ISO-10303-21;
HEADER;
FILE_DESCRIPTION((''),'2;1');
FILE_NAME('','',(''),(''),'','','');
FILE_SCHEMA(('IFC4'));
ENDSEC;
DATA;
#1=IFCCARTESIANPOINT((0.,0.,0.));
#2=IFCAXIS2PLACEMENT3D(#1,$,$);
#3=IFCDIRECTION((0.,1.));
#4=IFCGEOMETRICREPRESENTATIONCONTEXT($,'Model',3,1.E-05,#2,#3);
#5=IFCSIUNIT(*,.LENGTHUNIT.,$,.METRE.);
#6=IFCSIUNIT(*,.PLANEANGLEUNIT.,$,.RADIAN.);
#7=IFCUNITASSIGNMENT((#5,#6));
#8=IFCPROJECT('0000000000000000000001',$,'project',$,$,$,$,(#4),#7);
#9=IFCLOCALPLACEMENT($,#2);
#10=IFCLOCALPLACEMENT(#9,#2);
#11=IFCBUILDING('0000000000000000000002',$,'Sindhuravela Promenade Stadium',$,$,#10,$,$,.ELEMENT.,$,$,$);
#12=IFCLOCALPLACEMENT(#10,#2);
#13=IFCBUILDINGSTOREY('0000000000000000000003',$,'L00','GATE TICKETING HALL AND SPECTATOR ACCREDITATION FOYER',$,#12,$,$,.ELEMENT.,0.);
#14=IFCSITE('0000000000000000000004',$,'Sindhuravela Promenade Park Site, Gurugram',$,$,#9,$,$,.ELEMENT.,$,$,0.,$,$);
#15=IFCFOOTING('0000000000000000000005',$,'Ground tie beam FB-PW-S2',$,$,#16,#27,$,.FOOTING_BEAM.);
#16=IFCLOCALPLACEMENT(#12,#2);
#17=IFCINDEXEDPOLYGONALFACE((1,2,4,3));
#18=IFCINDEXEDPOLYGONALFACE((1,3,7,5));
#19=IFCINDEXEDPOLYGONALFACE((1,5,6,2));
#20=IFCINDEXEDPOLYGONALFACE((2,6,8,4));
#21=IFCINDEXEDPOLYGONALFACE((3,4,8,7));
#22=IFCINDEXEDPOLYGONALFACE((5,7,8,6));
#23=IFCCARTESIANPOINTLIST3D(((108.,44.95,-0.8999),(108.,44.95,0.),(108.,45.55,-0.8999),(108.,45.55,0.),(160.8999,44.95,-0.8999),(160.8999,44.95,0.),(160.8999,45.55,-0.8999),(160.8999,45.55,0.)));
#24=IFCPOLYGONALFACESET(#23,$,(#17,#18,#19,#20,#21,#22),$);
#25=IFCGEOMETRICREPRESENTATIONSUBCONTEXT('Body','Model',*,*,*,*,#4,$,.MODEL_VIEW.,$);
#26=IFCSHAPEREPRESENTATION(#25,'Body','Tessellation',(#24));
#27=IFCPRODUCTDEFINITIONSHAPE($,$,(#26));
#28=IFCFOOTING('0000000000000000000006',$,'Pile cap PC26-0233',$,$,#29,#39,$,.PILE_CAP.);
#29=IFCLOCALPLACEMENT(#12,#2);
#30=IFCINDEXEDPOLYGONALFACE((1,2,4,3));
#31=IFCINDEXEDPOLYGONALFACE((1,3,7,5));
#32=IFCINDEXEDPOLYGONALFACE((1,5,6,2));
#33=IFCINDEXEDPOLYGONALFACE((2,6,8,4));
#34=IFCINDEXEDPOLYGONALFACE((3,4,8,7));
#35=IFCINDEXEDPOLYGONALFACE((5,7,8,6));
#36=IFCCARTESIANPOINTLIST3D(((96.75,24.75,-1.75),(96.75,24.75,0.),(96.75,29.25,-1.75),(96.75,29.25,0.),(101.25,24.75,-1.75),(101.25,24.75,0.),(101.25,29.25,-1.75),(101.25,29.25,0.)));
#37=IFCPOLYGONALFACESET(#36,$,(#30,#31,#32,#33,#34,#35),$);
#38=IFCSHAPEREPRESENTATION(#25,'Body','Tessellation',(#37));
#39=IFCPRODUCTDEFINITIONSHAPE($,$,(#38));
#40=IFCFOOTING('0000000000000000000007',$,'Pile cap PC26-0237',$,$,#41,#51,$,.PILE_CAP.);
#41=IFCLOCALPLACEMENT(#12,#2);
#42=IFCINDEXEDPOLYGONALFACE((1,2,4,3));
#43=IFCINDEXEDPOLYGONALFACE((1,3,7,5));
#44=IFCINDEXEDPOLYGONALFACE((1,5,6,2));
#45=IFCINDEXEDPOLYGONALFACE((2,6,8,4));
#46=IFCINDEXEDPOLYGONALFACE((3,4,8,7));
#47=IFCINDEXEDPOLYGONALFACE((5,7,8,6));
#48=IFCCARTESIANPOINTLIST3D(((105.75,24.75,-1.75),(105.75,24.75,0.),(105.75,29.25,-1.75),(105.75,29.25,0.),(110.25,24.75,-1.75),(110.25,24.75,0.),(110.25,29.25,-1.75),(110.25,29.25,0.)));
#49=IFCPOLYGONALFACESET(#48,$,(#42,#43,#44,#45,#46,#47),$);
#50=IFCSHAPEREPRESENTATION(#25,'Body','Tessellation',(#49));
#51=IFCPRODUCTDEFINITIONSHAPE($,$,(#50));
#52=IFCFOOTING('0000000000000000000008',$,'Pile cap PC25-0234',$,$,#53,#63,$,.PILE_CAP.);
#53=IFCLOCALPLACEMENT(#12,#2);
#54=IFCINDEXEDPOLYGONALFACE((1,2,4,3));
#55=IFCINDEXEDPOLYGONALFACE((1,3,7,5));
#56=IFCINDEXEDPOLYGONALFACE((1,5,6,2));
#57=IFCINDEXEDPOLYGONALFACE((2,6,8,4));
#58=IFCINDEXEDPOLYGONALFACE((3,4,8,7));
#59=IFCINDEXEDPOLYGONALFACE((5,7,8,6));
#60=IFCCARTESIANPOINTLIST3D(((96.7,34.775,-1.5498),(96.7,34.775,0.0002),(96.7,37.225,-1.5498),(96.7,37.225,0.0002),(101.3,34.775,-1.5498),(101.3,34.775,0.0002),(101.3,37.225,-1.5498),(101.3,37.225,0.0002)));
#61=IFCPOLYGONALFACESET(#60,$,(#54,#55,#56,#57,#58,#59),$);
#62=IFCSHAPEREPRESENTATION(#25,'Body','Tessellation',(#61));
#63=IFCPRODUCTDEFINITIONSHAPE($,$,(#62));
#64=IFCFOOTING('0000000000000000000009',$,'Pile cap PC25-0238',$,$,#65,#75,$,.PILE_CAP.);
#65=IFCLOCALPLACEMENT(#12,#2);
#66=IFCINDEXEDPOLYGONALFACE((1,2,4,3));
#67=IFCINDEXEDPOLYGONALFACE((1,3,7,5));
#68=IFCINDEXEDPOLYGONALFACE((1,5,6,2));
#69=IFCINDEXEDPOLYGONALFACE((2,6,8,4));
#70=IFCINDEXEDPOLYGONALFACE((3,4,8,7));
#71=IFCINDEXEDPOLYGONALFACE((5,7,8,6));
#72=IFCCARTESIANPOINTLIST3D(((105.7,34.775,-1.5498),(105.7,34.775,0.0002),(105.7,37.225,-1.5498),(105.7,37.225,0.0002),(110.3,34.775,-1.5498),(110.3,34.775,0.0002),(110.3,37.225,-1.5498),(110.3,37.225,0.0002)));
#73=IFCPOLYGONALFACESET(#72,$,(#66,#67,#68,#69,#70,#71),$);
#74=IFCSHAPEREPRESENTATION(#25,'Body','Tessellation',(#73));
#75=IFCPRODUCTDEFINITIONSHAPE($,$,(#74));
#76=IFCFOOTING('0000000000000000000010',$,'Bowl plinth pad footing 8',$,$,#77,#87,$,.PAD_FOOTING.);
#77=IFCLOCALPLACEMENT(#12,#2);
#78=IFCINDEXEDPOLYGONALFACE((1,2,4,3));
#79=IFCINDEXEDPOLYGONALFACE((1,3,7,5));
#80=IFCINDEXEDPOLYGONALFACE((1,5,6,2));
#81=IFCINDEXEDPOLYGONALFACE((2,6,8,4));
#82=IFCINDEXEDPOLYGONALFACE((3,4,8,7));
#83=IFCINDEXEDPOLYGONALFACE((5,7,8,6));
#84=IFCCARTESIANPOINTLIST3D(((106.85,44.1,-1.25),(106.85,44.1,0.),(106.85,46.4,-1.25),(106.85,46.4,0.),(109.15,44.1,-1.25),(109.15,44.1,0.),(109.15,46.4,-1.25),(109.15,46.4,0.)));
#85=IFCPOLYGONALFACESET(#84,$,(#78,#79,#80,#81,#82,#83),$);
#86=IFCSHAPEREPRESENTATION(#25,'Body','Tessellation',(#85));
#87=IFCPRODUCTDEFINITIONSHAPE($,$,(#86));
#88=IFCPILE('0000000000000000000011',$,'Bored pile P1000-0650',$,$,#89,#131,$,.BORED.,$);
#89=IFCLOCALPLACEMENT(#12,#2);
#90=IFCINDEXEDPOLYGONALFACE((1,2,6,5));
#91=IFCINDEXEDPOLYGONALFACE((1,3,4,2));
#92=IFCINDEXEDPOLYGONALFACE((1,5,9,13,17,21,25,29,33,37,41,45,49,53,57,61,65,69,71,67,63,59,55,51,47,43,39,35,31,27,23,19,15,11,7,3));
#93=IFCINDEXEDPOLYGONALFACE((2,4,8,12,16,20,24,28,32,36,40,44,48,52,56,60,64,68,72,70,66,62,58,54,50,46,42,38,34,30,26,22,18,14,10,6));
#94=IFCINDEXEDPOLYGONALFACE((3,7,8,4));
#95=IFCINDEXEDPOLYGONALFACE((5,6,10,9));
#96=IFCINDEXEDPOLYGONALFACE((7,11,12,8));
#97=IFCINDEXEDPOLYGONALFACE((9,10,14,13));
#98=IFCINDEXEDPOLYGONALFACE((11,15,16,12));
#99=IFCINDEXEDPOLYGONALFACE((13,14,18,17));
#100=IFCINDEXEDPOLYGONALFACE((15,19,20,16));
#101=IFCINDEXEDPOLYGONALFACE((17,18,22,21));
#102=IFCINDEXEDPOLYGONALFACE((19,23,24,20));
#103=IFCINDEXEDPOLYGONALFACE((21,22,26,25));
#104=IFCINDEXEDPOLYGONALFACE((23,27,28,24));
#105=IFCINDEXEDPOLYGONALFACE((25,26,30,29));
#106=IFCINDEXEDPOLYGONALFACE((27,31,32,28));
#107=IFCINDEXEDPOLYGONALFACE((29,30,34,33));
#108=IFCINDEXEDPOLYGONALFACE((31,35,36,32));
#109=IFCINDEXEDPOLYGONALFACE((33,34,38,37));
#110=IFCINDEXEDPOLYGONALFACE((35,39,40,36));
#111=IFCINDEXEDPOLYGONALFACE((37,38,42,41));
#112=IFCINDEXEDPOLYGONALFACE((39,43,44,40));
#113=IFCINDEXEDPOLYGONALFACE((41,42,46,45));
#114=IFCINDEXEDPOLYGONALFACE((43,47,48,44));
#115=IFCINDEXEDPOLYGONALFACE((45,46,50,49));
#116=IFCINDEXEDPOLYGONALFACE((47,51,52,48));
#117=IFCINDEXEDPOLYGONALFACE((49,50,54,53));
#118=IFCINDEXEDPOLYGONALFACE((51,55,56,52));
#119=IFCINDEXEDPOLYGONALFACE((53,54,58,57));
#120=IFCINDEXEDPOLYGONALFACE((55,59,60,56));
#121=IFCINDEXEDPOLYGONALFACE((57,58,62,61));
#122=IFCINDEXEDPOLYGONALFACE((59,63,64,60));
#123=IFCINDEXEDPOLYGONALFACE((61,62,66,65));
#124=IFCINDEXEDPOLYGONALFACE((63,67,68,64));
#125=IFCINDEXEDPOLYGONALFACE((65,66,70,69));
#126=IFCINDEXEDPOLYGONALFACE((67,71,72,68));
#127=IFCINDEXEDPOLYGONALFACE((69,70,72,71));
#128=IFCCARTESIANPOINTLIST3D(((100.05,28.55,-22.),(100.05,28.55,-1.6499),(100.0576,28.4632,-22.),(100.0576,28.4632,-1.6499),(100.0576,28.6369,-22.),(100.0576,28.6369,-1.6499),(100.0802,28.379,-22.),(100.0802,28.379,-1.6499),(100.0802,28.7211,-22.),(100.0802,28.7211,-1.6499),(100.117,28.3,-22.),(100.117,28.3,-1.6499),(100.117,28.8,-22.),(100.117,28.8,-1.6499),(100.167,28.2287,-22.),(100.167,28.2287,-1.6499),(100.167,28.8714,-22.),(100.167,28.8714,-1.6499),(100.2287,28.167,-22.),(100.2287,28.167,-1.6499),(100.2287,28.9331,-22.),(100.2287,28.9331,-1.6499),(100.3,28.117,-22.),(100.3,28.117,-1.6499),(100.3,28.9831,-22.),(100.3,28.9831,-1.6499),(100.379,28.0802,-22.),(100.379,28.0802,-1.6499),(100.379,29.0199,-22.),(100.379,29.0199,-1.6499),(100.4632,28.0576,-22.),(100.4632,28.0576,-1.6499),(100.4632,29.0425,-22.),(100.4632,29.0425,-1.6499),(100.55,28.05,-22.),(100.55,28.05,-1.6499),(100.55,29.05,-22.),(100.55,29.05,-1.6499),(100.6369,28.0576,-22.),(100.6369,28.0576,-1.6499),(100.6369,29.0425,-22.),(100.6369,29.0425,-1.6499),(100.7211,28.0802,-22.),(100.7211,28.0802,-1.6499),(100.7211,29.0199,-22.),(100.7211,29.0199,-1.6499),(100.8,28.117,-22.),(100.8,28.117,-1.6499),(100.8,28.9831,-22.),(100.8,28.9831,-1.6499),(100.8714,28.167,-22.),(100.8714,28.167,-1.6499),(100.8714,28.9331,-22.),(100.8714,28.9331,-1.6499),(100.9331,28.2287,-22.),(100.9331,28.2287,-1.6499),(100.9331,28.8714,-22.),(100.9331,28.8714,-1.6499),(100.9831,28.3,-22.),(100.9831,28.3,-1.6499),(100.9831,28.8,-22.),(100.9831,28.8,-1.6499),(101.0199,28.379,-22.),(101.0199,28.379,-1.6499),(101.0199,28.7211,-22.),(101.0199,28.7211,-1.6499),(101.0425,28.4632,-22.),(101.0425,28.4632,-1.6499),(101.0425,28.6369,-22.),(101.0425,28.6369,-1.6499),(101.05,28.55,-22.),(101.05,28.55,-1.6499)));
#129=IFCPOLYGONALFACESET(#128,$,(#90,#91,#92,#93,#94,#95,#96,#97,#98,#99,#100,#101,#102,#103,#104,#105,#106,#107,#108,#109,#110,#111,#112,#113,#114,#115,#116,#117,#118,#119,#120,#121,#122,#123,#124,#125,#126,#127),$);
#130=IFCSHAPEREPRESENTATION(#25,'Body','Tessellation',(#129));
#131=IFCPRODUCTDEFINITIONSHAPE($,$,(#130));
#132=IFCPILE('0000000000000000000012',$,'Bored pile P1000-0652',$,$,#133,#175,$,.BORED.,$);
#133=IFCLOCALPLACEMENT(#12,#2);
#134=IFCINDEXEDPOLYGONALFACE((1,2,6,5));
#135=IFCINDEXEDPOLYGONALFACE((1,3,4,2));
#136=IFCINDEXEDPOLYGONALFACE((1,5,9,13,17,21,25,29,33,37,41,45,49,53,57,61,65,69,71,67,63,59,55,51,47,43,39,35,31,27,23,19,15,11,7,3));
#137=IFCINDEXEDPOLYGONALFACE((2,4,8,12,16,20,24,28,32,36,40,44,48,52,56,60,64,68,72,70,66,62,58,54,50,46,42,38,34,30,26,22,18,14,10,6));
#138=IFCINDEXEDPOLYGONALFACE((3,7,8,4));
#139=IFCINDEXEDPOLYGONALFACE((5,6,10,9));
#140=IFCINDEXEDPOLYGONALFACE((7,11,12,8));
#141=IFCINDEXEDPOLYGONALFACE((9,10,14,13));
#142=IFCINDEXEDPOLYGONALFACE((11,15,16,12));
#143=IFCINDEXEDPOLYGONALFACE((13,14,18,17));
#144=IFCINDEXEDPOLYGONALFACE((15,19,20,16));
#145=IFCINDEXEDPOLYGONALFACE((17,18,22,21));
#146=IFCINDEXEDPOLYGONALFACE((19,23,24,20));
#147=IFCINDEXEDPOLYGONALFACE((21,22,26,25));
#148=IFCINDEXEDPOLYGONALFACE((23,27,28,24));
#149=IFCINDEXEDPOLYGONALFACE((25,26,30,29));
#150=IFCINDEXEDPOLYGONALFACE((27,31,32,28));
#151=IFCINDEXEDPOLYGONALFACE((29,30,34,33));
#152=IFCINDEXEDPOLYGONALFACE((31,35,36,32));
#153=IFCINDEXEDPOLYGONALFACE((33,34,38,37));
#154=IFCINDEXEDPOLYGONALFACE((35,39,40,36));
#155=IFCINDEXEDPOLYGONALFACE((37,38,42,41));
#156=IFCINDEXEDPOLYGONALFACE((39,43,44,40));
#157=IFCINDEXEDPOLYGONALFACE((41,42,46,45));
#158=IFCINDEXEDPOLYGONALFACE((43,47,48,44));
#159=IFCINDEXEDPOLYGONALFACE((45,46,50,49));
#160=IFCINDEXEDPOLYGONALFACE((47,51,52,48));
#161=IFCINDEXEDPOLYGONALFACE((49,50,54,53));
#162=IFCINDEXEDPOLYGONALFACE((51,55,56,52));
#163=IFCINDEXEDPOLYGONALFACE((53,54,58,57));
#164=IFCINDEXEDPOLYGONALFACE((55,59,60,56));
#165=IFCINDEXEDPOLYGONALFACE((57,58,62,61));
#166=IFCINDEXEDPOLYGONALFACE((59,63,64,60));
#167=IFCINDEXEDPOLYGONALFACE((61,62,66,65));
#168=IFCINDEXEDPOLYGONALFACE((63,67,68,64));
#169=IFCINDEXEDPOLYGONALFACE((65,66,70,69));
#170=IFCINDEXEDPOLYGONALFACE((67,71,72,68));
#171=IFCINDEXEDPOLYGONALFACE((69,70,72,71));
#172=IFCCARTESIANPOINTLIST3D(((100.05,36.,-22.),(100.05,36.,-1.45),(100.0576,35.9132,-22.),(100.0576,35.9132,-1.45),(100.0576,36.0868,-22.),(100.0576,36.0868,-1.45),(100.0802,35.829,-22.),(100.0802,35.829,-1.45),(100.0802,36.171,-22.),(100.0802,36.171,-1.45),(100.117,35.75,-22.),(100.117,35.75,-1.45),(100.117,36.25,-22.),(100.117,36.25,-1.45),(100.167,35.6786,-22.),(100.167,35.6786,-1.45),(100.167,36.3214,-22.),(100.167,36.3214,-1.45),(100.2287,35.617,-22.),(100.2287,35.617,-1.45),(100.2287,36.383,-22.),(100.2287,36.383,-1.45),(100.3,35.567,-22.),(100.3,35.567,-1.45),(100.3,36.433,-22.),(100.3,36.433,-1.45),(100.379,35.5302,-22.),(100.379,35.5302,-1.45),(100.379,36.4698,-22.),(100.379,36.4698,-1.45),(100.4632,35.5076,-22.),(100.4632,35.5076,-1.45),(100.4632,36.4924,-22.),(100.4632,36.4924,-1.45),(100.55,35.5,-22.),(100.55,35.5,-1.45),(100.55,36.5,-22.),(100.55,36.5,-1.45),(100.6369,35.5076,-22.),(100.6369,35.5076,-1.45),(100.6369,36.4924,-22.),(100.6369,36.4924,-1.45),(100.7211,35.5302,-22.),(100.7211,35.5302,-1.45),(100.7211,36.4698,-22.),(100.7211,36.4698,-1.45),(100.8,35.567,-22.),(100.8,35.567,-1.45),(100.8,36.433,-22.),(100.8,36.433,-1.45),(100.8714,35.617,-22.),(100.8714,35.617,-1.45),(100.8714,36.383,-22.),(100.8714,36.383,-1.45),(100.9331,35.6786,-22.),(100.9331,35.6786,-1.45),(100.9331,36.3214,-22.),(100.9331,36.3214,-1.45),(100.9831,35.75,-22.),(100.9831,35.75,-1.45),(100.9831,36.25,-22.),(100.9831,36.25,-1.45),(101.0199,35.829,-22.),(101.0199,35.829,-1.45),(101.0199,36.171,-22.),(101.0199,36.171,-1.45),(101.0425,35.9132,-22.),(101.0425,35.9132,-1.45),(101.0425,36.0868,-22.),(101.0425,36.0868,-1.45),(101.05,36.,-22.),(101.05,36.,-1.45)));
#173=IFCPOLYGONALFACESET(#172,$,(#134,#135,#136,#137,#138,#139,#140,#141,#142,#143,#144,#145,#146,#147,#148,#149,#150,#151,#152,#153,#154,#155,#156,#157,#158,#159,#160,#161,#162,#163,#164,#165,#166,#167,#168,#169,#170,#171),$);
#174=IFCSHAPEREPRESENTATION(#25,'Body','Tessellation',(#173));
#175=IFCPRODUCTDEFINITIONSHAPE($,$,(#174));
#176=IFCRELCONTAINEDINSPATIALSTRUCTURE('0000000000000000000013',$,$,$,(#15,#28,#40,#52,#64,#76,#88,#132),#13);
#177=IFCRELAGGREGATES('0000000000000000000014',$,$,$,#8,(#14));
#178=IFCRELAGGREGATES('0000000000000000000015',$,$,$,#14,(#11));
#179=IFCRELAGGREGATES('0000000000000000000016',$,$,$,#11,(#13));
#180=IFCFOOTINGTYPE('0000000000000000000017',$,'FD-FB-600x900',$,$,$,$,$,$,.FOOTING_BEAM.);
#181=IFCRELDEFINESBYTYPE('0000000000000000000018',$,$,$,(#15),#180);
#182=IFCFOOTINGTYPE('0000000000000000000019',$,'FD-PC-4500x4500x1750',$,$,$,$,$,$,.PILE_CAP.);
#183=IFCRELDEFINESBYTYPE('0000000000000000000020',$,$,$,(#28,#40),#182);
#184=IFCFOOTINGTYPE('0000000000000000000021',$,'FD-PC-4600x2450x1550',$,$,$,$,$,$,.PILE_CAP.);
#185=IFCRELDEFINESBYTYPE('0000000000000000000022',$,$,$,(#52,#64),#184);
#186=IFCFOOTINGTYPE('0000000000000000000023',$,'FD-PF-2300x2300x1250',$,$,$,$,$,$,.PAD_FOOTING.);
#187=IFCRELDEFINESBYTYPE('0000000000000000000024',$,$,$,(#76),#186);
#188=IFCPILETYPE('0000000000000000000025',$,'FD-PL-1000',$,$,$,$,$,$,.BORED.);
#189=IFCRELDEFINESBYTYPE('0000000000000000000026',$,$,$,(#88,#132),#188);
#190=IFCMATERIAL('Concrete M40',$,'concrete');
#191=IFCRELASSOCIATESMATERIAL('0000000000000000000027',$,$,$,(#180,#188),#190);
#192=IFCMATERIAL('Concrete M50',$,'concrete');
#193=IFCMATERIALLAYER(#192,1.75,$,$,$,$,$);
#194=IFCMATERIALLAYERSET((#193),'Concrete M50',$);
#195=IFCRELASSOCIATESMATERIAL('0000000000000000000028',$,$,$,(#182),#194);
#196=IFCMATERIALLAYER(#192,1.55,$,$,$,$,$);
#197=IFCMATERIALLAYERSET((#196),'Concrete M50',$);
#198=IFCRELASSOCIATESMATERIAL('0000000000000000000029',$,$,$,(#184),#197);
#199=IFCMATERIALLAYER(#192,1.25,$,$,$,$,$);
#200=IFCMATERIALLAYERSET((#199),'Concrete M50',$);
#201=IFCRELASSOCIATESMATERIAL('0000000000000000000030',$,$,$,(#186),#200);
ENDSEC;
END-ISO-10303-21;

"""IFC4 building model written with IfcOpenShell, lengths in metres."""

from ifc_helpers import new_model, si_unit, direction, frame, origin, origin_2d, place, context, subcontext, project, spatial, rectangle, circle, extrude, material, layer, layer_set, material_profile, profile_set, type_object, element, save


model = new_model("IFC4")

# Units and contexts
model_context = context("Model", 3, precision=1e-05, world=origin(), true_north=direction((0.0, 1.0)))
body_context = subcontext(model_context, "Body", "Model", "MODEL_VIEW")
ifc_project = project(units=[si_unit("LENGTHUNIT", "METRE"), si_unit("PLANEANGLEUNIT", "RADIAN")], contexts=[model_context])

# Site, building, storey
site_placement = place(None, origin())
site = spatial("IfcSite", under=ifc_project, at=site_placement, Name="Sindhuravela Promenade Park Site, Gurugram", CompositionType="ELEMENT", RefElevation=0.0)
building_placement = place(site_placement, origin())
building = spatial("IfcBuilding", under=site, at=building_placement, Name="Sindhuravela Promenade Stadium", CompositionType="ELEMENT")
storey_placement = place(building_placement, origin())
storey = spatial("IfcBuildingStorey", under=building, at=storey_placement, Name="L00", Description="GATE TICKETING HALL AND SPECTATOR ACCREDITATION FOYER", CompositionType="ELEMENT", Elevation=0.0)

# Footings
ifc_material_1 = material(Name="Concrete M40", Category="concrete")
ifc_material_profile_1 = material_profile(ifc_material_1, rectangle(XDim=0.6001, YDim=0.8999, at=origin_2d()), Name="RC 600x900")
ifc_profile_set_1 = profile_set([ifc_material_profile_1], Name="Concrete M40")
footing_type_1 = type_object("IfcFootingType", Name="FD-FB-600x900", PredefinedType="FOOTING_BEAM", material=ifc_profile_set_1)
footing_1_placement = place(storey_placement, frame((108.0, 45.25, -0.45), z_axis=(1.0, 0.0, 0.0), x_axis=(0.0, 1.0, 0.0)))
element("IfcFooting", 1, at=footing_1_placement, inside=storey, type_object=footing_type_1, Name="Ground tie beam FB-PW-S2", PredefinedType="FOOTING_BEAM", context=body_context, shape_type="SweptSolid", body=[
    extrude(rectangle(XDim=0.6001, YDim=0.8999, at=origin_2d()), origin(), (0.0, 0.0, 1.0), 52.8999),
])
ifc_material_2 = material(Name="Concrete M50", Category="concrete")
ifc_layer_1 = layer(ifc_material_2, 1.75)
ifc_layer_set_1 = layer_set([ifc_layer_1], Name="Concrete M50")
footing_type_2 = type_object("IfcFootingType", Name="FD-PC-4500x4500x1750", PredefinedType="PILE_CAP", material=ifc_layer_set_1)
for number, where, z_axis, x_axis, name in (
    (2, (99.0, 27.0, -1.75), (0.0, 0.0, 1.0), (1.0, 0.0, 0.0), "Pile cap PC26-0233"),
    (3, (108.0, 27.0, -1.75), (0.0, 0.0, 1.0), (1.0, 0.0, 0.0), "Pile cap PC26-0237"),
):
    element("IfcFooting", number, at=place(storey_placement, frame(where, z_axis=z_axis, x_axis=x_axis)), inside=storey, type_object=footing_type_2, Name=name, PredefinedType="PILE_CAP", context=body_context, shape_type="SweptSolid", body=[
        extrude(rectangle(XDim=4.5, YDim=4.5, at=origin_2d()), origin(), (0.0, 0.0, 1.0), 1.75),
    ])
ifc_layer_2 = layer(ifc_material_2, 1.55)
ifc_layer_set_2 = layer_set([ifc_layer_2], Name="Concrete M50")
footing_type_3 = type_object("IfcFootingType", Name="FD-PC-4600x2450x1550", PredefinedType="PILE_CAP", material=ifc_layer_set_2)
for number, where, z_axis, x_axis, name in (
    (4, (99.0, 36.0, -1.5498), (0.0, 0.0, 1.0), (1.0, 0.0, 0.0), "Pile cap PC25-0234"),
    (5, (108.0, 36.0, -1.5498), (0.0, 0.0, 1.0), (1.0, 0.0, 0.0), "Pile cap PC25-0238"),
):
    element("IfcFooting", number, at=place(storey_placement, frame(where, z_axis=z_axis, x_axis=x_axis)), inside=storey, type_object=footing_type_3, Name=name, PredefinedType="PILE_CAP", context=body_context, shape_type="SweptSolid", body=[
        extrude(rectangle(XDim=4.6001, YDim=2.45, at=origin_2d()), origin(), (0.0, 0.0, 1.0), 1.55),
    ])
ifc_layer_3 = layer(ifc_material_2, 1.25)
ifc_layer_set_3 = layer_set([ifc_layer_3], Name="Concrete M50")
footing_type_4 = type_object("IfcFootingType", Name="FD-PF-2300x2300x1250", PredefinedType="PAD_FOOTING", material=ifc_layer_set_3)
footing_2_placement = place(storey_placement, frame((108.0, 45.25, -1.25), z_axis=(0.0, 0.0, 1.0), x_axis=(1.0, 0.0, 0.0)))
element("IfcFooting", 6, at=footing_2_placement, inside=storey, type_object=footing_type_4, Name="Bowl plinth pad footing 8", PredefinedType="PAD_FOOTING", context=body_context, shape_type="SweptSolid", body=[
    extrude(rectangle(XDim=2.3, YDim=2.3, at=origin_2d()), origin(), (0.0, 0.0, 1.0), 1.25),
])

# Piles
ifc_material_profile_2 = material_profile(ifc_material_1, circle(Radius=0.5, at=origin_2d()), Name="BORED PILE D1000")
ifc_profile_set_2 = profile_set([ifc_material_profile_2], Name="Concrete M40")
pile_type = type_object("IfcPileType", Name="FD-PL-1000", PredefinedType="BORED", material=ifc_profile_set_2)
pile_1_placement = place(storey_placement, frame((100.55, 28.55, -1.6499), z_axis=(0.0, 0.0, -1.0), x_axis=(1.0, 0.0, 0.0)))
element("IfcPile", 7, at=pile_1_placement, inside=storey, type_object=pile_type, Name="Bored pile P1000-0650", PredefinedType="BORED", context=body_context, shape_type="SweptSolid", body=[
    extrude(circle(Radius=0.5, at=origin_2d()), origin(), (0.0, 0.0, 1.0), 20.3501),
])
pile_2_placement = place(storey_placement, frame((100.55, 36.0, -1.45), z_axis=(0.0, 0.0, -1.0), x_axis=(1.0, 0.0, 0.0)))
element("IfcPile", 8, at=pile_2_placement, inside=storey, type_object=pile_type, Name="Bored pile P1000-0652", PredefinedType="BORED", context=body_context, shape_type="SweptSolid", body=[
    extrude(circle(Radius=0.5, at=origin_2d()), origin(), (0.0, 0.0, 1.0), 20.55),
])

save(model, "model.ifc")
